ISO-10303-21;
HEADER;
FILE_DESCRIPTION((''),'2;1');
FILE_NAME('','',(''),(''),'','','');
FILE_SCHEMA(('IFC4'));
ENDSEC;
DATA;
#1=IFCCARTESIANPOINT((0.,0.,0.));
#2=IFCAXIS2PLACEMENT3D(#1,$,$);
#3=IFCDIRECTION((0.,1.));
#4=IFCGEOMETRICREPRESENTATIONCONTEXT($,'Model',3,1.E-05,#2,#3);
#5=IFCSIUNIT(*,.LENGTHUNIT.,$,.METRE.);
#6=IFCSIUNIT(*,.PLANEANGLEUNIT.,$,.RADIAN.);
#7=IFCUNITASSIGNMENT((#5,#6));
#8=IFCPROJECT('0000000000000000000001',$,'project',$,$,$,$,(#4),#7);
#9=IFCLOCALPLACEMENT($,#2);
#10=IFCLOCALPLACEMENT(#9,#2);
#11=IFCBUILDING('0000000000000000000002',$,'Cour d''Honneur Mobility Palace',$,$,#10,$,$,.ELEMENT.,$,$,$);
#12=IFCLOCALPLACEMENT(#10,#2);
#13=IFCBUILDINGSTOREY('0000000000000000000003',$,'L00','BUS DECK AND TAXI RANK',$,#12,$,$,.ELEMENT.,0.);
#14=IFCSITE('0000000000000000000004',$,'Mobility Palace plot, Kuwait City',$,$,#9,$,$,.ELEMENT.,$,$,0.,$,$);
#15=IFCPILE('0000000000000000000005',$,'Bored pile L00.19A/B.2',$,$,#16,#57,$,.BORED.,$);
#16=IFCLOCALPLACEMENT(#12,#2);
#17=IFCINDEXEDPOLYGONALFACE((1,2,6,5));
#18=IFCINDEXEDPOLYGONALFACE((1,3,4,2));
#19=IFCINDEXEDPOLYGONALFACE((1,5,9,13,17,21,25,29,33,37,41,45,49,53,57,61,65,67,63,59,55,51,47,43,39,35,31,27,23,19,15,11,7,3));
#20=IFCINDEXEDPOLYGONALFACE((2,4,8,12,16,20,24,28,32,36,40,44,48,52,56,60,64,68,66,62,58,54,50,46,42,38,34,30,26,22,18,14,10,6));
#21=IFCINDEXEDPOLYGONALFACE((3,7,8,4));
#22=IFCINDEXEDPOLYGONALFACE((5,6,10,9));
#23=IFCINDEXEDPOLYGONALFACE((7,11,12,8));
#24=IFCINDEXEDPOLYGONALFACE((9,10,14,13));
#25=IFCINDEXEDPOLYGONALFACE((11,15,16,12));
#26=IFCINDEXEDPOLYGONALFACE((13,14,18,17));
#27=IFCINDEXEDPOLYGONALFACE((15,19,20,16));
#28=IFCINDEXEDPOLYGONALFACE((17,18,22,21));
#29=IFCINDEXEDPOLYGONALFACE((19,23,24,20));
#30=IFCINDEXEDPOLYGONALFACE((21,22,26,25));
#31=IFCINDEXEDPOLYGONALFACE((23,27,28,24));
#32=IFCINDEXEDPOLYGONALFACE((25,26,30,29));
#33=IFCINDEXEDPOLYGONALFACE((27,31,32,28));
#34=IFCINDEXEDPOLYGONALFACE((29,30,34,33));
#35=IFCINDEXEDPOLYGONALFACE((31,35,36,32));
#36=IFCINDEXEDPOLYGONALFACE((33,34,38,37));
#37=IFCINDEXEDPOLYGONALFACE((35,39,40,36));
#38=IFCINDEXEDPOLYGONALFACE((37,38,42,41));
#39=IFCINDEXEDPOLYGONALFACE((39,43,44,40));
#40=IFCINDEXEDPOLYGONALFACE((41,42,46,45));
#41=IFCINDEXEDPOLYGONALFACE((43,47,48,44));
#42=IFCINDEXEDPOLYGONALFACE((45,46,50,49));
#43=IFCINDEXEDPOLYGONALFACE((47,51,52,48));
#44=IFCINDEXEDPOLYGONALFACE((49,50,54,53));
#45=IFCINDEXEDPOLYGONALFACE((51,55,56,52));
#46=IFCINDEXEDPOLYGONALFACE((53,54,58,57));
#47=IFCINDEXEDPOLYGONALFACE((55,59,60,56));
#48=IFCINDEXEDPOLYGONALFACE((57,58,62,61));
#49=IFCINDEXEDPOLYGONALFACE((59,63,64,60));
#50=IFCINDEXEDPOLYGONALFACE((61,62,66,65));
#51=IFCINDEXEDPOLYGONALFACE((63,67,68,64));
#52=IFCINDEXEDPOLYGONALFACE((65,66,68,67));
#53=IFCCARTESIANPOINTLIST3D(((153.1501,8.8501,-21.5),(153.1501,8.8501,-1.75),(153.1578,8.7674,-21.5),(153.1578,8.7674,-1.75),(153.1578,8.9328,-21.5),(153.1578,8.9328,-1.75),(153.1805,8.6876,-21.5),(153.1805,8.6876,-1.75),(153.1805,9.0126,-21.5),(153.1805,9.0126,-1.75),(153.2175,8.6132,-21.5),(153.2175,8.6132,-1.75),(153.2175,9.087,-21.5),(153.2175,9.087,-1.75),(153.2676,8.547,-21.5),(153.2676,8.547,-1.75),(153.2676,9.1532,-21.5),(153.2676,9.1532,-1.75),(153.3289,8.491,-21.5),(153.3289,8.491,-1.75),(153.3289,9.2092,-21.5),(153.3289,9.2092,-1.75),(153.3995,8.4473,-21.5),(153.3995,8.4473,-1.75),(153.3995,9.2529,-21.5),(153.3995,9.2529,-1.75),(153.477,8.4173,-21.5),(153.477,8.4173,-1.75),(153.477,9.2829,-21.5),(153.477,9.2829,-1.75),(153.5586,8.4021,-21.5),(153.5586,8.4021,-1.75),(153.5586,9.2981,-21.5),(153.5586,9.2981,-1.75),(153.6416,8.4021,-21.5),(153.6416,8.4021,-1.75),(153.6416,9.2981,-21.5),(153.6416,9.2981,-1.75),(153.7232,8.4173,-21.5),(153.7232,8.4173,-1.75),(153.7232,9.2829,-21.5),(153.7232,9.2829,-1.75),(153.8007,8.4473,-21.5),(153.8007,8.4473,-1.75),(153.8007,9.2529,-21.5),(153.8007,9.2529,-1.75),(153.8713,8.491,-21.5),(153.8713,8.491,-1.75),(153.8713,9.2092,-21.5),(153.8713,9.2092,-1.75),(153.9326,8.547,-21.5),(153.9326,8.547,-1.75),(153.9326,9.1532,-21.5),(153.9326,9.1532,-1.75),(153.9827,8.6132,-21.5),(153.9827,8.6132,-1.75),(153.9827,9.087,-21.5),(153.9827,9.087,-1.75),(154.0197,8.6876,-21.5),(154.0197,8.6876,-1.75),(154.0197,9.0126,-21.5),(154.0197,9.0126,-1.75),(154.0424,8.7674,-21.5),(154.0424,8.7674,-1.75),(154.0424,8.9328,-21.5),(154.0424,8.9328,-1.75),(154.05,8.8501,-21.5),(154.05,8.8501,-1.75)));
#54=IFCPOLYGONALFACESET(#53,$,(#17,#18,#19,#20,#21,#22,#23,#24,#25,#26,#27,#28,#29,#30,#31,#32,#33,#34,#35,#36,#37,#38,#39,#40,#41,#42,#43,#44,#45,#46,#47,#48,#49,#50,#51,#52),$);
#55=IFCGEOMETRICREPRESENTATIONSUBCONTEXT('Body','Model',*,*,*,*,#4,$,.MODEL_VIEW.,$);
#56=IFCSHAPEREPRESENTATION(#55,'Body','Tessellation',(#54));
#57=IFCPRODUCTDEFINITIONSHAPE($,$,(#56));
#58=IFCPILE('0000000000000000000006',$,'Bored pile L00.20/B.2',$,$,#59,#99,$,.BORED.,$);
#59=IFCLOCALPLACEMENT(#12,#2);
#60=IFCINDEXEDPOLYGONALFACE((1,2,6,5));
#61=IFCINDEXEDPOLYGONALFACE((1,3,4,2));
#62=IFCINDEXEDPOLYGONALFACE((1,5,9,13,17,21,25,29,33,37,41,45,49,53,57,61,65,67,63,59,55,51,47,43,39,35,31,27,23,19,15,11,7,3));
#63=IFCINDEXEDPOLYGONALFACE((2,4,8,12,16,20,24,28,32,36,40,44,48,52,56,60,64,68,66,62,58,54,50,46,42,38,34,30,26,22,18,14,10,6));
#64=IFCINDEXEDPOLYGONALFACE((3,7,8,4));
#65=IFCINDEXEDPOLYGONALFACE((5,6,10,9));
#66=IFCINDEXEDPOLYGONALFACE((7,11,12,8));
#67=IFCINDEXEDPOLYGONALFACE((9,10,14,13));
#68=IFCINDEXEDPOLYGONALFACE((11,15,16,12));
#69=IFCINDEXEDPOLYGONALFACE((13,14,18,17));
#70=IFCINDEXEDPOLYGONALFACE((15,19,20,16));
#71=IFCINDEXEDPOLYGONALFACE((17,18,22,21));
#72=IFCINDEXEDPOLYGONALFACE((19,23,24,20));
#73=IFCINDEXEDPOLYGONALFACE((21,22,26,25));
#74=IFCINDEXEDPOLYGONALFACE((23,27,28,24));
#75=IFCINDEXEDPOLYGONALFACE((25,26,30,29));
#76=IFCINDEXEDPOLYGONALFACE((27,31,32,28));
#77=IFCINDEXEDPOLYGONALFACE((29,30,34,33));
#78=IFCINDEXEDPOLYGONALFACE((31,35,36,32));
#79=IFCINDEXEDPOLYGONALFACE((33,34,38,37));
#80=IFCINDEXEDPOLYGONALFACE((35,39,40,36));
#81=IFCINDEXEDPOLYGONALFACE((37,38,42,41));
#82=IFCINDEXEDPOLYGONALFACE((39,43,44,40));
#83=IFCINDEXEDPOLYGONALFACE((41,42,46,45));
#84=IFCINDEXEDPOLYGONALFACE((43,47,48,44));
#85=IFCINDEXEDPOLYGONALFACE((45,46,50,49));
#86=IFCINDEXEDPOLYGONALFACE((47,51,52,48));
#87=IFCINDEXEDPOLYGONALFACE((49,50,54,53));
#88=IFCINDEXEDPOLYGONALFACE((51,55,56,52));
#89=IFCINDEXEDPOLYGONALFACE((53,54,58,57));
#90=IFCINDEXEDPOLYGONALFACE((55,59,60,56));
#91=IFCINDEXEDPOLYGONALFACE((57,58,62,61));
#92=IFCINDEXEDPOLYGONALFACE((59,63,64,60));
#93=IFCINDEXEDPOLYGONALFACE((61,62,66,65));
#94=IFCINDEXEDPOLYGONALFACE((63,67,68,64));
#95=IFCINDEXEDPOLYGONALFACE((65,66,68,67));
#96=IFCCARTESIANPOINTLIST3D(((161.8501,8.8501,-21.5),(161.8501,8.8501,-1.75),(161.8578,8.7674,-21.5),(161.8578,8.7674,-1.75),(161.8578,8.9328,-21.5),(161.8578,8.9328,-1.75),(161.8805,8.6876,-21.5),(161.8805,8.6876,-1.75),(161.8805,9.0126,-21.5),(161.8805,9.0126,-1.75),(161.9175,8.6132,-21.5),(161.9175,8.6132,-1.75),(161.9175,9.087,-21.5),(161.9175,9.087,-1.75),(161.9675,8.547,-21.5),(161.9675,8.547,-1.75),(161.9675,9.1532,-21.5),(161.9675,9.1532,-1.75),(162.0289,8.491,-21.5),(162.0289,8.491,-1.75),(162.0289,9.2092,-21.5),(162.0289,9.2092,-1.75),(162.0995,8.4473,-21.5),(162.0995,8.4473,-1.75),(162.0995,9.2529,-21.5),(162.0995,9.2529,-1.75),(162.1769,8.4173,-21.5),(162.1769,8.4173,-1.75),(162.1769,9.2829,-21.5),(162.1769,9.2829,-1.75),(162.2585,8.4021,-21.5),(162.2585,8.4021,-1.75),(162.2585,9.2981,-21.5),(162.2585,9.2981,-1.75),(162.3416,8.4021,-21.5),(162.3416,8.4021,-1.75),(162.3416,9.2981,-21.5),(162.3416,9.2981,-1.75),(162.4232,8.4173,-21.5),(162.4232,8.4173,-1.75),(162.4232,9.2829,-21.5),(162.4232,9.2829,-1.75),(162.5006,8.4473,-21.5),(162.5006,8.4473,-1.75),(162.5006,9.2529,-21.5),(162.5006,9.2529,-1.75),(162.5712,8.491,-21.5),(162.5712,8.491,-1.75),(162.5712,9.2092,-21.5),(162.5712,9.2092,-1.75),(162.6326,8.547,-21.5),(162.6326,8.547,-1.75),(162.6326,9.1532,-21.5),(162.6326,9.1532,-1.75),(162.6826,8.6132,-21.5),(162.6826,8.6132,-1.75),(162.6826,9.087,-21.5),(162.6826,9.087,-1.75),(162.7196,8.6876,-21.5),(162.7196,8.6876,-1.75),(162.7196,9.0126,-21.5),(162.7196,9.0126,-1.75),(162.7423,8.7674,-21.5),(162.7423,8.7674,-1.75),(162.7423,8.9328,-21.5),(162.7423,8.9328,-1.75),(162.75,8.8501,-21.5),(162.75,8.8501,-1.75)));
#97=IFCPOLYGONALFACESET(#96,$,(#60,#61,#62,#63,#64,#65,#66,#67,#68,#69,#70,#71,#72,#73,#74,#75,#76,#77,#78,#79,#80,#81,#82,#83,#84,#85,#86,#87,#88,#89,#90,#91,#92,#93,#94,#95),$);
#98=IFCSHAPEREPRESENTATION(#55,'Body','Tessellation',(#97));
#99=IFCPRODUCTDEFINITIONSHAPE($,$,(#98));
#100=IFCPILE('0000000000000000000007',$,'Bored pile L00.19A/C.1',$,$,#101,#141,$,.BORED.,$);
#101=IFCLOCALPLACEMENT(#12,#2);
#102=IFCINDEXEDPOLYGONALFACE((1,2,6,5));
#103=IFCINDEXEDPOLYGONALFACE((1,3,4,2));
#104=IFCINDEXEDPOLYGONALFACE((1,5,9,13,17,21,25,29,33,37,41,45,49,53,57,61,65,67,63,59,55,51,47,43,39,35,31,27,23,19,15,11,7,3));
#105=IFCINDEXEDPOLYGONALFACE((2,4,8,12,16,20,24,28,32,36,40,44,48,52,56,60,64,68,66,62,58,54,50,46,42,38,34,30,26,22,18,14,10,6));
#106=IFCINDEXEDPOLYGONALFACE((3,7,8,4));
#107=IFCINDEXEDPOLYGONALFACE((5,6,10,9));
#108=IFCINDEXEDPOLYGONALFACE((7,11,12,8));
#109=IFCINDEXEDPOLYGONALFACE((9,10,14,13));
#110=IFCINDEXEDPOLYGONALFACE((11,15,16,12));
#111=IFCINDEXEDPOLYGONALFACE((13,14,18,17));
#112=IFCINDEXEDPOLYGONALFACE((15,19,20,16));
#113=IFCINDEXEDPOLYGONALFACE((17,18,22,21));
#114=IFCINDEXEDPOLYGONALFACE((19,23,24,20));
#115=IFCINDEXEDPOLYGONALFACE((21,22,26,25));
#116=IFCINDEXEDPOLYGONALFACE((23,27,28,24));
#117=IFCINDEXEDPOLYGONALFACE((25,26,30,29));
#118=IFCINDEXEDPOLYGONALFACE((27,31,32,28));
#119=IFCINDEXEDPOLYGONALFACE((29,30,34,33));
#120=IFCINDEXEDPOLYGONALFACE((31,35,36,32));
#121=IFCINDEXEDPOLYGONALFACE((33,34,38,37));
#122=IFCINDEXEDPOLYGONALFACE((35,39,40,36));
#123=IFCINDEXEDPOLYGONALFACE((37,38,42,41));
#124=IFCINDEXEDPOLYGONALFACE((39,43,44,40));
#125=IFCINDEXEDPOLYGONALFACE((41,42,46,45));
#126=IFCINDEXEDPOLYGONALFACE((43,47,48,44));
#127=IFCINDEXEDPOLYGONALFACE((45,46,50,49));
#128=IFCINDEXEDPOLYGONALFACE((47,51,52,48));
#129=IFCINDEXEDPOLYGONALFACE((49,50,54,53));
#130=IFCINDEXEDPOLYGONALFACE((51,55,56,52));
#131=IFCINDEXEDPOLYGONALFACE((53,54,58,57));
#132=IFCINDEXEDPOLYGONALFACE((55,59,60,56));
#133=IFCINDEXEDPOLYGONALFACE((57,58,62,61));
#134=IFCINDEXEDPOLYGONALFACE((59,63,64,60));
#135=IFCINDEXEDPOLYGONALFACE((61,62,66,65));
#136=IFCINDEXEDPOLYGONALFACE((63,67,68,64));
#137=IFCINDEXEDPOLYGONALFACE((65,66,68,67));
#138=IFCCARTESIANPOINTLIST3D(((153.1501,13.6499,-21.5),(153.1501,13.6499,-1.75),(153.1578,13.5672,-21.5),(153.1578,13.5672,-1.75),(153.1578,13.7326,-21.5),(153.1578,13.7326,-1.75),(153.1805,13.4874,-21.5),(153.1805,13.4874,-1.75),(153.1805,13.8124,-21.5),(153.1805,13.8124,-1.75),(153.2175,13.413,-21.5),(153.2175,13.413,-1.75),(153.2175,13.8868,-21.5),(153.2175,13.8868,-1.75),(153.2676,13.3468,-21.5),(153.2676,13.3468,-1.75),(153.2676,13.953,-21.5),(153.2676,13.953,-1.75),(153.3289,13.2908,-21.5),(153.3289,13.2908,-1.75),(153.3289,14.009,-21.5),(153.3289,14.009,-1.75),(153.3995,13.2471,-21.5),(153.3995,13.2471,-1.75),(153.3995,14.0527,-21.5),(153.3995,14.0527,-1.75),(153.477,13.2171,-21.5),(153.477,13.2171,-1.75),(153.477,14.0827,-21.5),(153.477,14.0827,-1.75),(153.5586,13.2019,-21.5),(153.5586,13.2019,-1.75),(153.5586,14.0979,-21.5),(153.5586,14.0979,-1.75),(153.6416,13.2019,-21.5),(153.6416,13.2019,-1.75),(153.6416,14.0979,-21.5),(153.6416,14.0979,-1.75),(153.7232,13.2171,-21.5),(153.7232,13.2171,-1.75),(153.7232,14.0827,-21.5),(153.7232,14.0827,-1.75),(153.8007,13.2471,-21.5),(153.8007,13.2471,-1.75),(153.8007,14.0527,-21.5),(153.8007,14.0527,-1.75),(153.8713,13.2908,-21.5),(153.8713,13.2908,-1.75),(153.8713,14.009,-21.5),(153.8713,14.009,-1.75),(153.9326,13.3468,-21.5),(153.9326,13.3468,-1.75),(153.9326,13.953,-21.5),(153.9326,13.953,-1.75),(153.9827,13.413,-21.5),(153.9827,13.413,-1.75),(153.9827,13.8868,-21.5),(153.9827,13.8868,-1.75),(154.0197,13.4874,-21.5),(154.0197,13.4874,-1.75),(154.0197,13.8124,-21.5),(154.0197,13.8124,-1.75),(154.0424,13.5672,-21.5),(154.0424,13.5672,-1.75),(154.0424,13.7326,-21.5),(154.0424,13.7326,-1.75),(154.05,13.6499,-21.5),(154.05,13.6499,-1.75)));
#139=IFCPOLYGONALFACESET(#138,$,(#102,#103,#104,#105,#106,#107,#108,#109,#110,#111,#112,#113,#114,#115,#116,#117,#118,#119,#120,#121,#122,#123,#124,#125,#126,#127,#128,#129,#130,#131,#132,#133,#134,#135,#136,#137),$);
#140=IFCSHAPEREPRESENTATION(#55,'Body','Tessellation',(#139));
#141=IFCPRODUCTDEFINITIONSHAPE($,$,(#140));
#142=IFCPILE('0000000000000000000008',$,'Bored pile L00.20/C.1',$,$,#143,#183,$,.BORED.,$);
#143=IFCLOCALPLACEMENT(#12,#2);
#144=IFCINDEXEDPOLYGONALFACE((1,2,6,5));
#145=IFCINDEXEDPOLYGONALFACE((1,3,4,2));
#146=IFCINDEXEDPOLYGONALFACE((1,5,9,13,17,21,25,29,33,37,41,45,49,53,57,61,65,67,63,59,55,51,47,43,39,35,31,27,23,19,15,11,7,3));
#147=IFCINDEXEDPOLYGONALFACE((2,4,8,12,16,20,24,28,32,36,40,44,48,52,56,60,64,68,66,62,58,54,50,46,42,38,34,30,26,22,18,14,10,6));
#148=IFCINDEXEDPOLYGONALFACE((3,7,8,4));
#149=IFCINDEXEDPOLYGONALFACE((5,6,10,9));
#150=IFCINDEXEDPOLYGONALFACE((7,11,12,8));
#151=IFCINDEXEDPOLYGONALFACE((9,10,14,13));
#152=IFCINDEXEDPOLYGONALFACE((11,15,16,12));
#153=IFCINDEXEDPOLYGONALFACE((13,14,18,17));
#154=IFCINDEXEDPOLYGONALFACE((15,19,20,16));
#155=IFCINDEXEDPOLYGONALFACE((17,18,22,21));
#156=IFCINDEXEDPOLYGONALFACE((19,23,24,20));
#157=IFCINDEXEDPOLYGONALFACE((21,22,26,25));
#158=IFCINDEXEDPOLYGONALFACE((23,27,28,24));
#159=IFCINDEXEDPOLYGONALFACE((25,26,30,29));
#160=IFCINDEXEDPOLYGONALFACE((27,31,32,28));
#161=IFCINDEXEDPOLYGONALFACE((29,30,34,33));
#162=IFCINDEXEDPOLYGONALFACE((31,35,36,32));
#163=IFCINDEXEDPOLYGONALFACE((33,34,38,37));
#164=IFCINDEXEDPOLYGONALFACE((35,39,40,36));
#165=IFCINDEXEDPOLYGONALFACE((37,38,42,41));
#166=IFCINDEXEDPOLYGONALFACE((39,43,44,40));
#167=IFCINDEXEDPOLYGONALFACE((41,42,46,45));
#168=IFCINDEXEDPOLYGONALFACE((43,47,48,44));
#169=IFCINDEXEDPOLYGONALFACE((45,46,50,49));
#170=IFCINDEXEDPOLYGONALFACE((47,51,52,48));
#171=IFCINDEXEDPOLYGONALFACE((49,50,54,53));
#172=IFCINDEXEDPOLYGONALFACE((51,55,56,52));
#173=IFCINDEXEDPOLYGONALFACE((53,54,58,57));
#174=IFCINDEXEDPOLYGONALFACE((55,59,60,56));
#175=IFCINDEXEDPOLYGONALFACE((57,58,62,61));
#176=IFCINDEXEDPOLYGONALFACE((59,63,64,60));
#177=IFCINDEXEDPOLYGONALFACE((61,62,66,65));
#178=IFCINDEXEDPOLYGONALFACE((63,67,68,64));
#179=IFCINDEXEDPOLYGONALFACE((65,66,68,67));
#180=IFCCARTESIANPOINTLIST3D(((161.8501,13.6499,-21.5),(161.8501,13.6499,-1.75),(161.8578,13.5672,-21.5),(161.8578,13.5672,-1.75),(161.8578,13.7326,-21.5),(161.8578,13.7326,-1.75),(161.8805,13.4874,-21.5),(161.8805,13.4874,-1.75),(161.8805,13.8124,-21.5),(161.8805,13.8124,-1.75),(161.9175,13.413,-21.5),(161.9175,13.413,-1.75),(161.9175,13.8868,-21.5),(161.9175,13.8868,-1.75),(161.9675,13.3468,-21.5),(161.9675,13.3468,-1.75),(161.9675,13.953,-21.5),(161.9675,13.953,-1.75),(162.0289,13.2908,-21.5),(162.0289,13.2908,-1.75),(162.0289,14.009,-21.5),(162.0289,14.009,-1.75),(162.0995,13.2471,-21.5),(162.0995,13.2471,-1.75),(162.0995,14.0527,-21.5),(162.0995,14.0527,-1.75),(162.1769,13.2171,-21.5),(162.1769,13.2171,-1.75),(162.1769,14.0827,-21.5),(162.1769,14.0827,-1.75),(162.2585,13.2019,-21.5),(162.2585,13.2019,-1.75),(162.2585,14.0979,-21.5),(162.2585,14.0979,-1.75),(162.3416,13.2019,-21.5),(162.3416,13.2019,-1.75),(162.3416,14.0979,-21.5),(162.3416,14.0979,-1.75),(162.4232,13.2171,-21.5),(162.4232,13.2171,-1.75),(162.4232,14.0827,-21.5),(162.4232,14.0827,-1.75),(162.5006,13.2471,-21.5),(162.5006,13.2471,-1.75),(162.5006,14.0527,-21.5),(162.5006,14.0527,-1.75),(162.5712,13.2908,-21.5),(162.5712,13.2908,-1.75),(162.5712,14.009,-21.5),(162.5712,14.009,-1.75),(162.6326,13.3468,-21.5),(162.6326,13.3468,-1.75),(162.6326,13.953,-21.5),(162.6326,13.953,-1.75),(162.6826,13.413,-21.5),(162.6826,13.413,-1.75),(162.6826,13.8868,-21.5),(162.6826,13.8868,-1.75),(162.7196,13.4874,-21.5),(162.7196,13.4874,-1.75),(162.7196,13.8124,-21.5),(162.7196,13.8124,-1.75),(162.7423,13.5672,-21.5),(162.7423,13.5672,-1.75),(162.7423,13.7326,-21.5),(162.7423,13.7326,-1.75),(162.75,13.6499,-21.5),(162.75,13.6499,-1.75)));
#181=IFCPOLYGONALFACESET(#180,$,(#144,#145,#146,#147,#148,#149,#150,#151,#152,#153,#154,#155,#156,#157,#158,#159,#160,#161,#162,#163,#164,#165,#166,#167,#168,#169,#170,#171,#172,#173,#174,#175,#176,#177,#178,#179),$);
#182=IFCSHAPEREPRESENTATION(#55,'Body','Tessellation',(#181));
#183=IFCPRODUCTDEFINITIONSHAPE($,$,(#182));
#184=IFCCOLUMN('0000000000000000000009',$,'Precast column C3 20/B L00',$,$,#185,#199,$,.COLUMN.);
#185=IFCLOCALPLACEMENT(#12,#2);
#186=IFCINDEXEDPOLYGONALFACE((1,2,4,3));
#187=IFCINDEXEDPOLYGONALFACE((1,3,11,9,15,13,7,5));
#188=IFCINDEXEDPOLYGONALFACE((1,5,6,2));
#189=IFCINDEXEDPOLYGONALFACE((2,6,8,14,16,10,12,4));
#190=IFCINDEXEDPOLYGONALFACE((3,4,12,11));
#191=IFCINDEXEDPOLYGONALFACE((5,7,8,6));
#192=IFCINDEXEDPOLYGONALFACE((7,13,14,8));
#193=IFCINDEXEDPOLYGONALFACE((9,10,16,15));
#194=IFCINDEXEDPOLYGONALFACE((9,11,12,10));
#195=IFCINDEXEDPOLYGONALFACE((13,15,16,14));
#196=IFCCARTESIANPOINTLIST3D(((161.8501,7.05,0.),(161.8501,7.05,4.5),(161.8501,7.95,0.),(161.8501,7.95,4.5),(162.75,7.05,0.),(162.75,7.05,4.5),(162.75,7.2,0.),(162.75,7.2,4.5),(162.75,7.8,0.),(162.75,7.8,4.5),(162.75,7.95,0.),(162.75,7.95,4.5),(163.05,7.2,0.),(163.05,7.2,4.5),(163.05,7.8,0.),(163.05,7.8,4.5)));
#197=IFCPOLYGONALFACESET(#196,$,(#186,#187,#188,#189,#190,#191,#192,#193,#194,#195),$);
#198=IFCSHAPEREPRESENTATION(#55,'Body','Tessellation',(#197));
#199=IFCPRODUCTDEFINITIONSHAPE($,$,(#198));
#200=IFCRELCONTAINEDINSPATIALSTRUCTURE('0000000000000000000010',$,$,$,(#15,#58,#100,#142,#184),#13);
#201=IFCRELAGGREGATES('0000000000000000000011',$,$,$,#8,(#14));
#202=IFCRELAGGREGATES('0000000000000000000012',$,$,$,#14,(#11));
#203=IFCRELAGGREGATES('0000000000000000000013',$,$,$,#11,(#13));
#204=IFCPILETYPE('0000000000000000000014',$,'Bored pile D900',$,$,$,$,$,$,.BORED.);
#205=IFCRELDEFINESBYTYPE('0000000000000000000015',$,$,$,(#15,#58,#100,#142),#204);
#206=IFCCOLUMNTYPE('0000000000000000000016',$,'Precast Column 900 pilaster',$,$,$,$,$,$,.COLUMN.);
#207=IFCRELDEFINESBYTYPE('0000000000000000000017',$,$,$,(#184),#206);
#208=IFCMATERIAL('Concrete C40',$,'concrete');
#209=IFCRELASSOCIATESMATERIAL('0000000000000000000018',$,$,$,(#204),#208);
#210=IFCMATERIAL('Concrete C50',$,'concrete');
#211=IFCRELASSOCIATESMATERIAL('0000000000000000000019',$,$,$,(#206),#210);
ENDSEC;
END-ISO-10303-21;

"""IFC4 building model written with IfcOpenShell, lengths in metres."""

from ifc_helpers import new_model, si_unit, direction, frame, origin, origin_2d, place, context, subcontext, project, spatial, polyline, circle, outline, extrude, material, material_profile, profile_set, type_object, element, save


model = new_model("IFC4")

# Units and contexts
model_context = context("Model", 3, precision=1e-05, world=origin(), true_north=direction((0.0, 1.0)))
body_context = subcontext(model_context, "Body", "Model", "MODEL_VIEW")
ifc_project = project(units=[si_unit("LENGTHUNIT", "METRE"), si_unit("PLANEANGLEUNIT", "RADIAN")], contexts=[model_context])

# Site, building, storey
site_placement = place(None, origin())
site = spatial("IfcSite", under=ifc_project, at=site_placement, Name="Mobility Palace plot, Kuwait City", CompositionType="ELEMENT", RefElevation=0.0)
building_placement = place(site_placement, origin())
building = spatial("IfcBuilding", under=site, at=building_placement, Name="Cour d'Honneur Mobility Palace", CompositionType="ELEMENT")
storey_placement = place(building_placement, origin())
storey = spatial("IfcBuildingStorey", under=building, at=storey_placement, Name="L00", Description="BUS DECK AND TAXI RANK", CompositionType="ELEMENT", Elevation=0.0)

# Piles
ifc_material_1 = material(Name="Concrete C40", Category="concrete")
ifc_material_profile_1 = material_profile(ifc_material_1, circle(Radius=0.45, at=origin_2d()), Name="Bored pile D900")
ifc_profile_set_1 = profile_set([ifc_material_profile_1], Name="Concrete C40")
pile_type = type_object("IfcPileType", Name="Bored pile D900", PredefinedType="BORED", material=ifc_profile_set_1)
for number, where, z_axis, x_axis, name in (
    (1, (153.6001, 8.8501, -1.75), (0.0, 0.0, -1.0), (1.0, 0.0, 0.0), "Bored pile L00.19A/B.2"),
    (2, (162.3, 8.8501, -1.75), (0.0, 0.0, -1.0), (1.0, 0.0, 0.0), "Bored pile L00.20/B.2"),
    (3, (153.6001, 13.6499, -1.75), (0.0, 0.0, -1.0), (1.0, 0.0, 0.0), "Bored pile L00.19A/C.1"),
    (4, (162.3, 13.6499, -1.75), (0.0, 0.0, -1.0), (1.0, 0.0, 0.0), "Bored pile L00.20/C.1"),
):
    element("IfcPile", number, at=place(storey_placement, frame(where, z_axis=z_axis, x_axis=x_axis)), inside=storey, type_object=pile_type, Name=name, PredefinedType="BORED", context=body_context, shape_type="SweptSolid", body=[
        extrude(circle(Radius=0.45, at=origin_2d()), origin(), (0.0, 0.0, 1.0), 19.75),
    ])

# Column
ifc_material_2 = material(Name="Concrete C50", Category="concrete")
ifc_material_profile_2 = material_profile(ifc_material_2, outline(polyline([(-0.45, -0.45), (0.45, -0.45), (0.45, -0.3), (0.75, -0.3), (0.75, 0.3), (0.45, 0.3), (0.45, 0.45), (-0.45, 0.45), (-0.45, -0.45)])), Name="PC C900 pilaster")
ifc_profile_set_2 = profile_set([ifc_material_profile_2], Name="Concrete C50")
column_type_1 = type_object("IfcColumnType", Name="Precast Column 900 pilaster", PredefinedType="COLUMN", material=ifc_profile_set_2)
for number, where, z_axis, x_axis, name in (
    (5, (162.3, 7.5, 0.0), (0.0, 0.0, 1.0), (1.0, 0.0, 0.0), "Precast column C3 20/B L00"),
):
    element("IfcColumn", number, at=place(storey_placement, frame(where, z_axis=z_axis, x_axis=x_axis)), inside=storey, type_object=column_type_1, Name=name, PredefinedType="COLUMN", context=body_context, shape_type="SweptSolid", body=[
        extrude(outline(polyline([(-0.45, -0.45), (0.45, -0.45), (0.45, -0.3), (0.75, -0.3), (0.75, 0.3), (0.45, 0.3), (0.45, 0.45), (-0.45, 0.45), (-0.45, -0.45)])), origin(), (0.0, 0.0, 1.0), 4.5),
    ])

save(model, "model.ifc")
